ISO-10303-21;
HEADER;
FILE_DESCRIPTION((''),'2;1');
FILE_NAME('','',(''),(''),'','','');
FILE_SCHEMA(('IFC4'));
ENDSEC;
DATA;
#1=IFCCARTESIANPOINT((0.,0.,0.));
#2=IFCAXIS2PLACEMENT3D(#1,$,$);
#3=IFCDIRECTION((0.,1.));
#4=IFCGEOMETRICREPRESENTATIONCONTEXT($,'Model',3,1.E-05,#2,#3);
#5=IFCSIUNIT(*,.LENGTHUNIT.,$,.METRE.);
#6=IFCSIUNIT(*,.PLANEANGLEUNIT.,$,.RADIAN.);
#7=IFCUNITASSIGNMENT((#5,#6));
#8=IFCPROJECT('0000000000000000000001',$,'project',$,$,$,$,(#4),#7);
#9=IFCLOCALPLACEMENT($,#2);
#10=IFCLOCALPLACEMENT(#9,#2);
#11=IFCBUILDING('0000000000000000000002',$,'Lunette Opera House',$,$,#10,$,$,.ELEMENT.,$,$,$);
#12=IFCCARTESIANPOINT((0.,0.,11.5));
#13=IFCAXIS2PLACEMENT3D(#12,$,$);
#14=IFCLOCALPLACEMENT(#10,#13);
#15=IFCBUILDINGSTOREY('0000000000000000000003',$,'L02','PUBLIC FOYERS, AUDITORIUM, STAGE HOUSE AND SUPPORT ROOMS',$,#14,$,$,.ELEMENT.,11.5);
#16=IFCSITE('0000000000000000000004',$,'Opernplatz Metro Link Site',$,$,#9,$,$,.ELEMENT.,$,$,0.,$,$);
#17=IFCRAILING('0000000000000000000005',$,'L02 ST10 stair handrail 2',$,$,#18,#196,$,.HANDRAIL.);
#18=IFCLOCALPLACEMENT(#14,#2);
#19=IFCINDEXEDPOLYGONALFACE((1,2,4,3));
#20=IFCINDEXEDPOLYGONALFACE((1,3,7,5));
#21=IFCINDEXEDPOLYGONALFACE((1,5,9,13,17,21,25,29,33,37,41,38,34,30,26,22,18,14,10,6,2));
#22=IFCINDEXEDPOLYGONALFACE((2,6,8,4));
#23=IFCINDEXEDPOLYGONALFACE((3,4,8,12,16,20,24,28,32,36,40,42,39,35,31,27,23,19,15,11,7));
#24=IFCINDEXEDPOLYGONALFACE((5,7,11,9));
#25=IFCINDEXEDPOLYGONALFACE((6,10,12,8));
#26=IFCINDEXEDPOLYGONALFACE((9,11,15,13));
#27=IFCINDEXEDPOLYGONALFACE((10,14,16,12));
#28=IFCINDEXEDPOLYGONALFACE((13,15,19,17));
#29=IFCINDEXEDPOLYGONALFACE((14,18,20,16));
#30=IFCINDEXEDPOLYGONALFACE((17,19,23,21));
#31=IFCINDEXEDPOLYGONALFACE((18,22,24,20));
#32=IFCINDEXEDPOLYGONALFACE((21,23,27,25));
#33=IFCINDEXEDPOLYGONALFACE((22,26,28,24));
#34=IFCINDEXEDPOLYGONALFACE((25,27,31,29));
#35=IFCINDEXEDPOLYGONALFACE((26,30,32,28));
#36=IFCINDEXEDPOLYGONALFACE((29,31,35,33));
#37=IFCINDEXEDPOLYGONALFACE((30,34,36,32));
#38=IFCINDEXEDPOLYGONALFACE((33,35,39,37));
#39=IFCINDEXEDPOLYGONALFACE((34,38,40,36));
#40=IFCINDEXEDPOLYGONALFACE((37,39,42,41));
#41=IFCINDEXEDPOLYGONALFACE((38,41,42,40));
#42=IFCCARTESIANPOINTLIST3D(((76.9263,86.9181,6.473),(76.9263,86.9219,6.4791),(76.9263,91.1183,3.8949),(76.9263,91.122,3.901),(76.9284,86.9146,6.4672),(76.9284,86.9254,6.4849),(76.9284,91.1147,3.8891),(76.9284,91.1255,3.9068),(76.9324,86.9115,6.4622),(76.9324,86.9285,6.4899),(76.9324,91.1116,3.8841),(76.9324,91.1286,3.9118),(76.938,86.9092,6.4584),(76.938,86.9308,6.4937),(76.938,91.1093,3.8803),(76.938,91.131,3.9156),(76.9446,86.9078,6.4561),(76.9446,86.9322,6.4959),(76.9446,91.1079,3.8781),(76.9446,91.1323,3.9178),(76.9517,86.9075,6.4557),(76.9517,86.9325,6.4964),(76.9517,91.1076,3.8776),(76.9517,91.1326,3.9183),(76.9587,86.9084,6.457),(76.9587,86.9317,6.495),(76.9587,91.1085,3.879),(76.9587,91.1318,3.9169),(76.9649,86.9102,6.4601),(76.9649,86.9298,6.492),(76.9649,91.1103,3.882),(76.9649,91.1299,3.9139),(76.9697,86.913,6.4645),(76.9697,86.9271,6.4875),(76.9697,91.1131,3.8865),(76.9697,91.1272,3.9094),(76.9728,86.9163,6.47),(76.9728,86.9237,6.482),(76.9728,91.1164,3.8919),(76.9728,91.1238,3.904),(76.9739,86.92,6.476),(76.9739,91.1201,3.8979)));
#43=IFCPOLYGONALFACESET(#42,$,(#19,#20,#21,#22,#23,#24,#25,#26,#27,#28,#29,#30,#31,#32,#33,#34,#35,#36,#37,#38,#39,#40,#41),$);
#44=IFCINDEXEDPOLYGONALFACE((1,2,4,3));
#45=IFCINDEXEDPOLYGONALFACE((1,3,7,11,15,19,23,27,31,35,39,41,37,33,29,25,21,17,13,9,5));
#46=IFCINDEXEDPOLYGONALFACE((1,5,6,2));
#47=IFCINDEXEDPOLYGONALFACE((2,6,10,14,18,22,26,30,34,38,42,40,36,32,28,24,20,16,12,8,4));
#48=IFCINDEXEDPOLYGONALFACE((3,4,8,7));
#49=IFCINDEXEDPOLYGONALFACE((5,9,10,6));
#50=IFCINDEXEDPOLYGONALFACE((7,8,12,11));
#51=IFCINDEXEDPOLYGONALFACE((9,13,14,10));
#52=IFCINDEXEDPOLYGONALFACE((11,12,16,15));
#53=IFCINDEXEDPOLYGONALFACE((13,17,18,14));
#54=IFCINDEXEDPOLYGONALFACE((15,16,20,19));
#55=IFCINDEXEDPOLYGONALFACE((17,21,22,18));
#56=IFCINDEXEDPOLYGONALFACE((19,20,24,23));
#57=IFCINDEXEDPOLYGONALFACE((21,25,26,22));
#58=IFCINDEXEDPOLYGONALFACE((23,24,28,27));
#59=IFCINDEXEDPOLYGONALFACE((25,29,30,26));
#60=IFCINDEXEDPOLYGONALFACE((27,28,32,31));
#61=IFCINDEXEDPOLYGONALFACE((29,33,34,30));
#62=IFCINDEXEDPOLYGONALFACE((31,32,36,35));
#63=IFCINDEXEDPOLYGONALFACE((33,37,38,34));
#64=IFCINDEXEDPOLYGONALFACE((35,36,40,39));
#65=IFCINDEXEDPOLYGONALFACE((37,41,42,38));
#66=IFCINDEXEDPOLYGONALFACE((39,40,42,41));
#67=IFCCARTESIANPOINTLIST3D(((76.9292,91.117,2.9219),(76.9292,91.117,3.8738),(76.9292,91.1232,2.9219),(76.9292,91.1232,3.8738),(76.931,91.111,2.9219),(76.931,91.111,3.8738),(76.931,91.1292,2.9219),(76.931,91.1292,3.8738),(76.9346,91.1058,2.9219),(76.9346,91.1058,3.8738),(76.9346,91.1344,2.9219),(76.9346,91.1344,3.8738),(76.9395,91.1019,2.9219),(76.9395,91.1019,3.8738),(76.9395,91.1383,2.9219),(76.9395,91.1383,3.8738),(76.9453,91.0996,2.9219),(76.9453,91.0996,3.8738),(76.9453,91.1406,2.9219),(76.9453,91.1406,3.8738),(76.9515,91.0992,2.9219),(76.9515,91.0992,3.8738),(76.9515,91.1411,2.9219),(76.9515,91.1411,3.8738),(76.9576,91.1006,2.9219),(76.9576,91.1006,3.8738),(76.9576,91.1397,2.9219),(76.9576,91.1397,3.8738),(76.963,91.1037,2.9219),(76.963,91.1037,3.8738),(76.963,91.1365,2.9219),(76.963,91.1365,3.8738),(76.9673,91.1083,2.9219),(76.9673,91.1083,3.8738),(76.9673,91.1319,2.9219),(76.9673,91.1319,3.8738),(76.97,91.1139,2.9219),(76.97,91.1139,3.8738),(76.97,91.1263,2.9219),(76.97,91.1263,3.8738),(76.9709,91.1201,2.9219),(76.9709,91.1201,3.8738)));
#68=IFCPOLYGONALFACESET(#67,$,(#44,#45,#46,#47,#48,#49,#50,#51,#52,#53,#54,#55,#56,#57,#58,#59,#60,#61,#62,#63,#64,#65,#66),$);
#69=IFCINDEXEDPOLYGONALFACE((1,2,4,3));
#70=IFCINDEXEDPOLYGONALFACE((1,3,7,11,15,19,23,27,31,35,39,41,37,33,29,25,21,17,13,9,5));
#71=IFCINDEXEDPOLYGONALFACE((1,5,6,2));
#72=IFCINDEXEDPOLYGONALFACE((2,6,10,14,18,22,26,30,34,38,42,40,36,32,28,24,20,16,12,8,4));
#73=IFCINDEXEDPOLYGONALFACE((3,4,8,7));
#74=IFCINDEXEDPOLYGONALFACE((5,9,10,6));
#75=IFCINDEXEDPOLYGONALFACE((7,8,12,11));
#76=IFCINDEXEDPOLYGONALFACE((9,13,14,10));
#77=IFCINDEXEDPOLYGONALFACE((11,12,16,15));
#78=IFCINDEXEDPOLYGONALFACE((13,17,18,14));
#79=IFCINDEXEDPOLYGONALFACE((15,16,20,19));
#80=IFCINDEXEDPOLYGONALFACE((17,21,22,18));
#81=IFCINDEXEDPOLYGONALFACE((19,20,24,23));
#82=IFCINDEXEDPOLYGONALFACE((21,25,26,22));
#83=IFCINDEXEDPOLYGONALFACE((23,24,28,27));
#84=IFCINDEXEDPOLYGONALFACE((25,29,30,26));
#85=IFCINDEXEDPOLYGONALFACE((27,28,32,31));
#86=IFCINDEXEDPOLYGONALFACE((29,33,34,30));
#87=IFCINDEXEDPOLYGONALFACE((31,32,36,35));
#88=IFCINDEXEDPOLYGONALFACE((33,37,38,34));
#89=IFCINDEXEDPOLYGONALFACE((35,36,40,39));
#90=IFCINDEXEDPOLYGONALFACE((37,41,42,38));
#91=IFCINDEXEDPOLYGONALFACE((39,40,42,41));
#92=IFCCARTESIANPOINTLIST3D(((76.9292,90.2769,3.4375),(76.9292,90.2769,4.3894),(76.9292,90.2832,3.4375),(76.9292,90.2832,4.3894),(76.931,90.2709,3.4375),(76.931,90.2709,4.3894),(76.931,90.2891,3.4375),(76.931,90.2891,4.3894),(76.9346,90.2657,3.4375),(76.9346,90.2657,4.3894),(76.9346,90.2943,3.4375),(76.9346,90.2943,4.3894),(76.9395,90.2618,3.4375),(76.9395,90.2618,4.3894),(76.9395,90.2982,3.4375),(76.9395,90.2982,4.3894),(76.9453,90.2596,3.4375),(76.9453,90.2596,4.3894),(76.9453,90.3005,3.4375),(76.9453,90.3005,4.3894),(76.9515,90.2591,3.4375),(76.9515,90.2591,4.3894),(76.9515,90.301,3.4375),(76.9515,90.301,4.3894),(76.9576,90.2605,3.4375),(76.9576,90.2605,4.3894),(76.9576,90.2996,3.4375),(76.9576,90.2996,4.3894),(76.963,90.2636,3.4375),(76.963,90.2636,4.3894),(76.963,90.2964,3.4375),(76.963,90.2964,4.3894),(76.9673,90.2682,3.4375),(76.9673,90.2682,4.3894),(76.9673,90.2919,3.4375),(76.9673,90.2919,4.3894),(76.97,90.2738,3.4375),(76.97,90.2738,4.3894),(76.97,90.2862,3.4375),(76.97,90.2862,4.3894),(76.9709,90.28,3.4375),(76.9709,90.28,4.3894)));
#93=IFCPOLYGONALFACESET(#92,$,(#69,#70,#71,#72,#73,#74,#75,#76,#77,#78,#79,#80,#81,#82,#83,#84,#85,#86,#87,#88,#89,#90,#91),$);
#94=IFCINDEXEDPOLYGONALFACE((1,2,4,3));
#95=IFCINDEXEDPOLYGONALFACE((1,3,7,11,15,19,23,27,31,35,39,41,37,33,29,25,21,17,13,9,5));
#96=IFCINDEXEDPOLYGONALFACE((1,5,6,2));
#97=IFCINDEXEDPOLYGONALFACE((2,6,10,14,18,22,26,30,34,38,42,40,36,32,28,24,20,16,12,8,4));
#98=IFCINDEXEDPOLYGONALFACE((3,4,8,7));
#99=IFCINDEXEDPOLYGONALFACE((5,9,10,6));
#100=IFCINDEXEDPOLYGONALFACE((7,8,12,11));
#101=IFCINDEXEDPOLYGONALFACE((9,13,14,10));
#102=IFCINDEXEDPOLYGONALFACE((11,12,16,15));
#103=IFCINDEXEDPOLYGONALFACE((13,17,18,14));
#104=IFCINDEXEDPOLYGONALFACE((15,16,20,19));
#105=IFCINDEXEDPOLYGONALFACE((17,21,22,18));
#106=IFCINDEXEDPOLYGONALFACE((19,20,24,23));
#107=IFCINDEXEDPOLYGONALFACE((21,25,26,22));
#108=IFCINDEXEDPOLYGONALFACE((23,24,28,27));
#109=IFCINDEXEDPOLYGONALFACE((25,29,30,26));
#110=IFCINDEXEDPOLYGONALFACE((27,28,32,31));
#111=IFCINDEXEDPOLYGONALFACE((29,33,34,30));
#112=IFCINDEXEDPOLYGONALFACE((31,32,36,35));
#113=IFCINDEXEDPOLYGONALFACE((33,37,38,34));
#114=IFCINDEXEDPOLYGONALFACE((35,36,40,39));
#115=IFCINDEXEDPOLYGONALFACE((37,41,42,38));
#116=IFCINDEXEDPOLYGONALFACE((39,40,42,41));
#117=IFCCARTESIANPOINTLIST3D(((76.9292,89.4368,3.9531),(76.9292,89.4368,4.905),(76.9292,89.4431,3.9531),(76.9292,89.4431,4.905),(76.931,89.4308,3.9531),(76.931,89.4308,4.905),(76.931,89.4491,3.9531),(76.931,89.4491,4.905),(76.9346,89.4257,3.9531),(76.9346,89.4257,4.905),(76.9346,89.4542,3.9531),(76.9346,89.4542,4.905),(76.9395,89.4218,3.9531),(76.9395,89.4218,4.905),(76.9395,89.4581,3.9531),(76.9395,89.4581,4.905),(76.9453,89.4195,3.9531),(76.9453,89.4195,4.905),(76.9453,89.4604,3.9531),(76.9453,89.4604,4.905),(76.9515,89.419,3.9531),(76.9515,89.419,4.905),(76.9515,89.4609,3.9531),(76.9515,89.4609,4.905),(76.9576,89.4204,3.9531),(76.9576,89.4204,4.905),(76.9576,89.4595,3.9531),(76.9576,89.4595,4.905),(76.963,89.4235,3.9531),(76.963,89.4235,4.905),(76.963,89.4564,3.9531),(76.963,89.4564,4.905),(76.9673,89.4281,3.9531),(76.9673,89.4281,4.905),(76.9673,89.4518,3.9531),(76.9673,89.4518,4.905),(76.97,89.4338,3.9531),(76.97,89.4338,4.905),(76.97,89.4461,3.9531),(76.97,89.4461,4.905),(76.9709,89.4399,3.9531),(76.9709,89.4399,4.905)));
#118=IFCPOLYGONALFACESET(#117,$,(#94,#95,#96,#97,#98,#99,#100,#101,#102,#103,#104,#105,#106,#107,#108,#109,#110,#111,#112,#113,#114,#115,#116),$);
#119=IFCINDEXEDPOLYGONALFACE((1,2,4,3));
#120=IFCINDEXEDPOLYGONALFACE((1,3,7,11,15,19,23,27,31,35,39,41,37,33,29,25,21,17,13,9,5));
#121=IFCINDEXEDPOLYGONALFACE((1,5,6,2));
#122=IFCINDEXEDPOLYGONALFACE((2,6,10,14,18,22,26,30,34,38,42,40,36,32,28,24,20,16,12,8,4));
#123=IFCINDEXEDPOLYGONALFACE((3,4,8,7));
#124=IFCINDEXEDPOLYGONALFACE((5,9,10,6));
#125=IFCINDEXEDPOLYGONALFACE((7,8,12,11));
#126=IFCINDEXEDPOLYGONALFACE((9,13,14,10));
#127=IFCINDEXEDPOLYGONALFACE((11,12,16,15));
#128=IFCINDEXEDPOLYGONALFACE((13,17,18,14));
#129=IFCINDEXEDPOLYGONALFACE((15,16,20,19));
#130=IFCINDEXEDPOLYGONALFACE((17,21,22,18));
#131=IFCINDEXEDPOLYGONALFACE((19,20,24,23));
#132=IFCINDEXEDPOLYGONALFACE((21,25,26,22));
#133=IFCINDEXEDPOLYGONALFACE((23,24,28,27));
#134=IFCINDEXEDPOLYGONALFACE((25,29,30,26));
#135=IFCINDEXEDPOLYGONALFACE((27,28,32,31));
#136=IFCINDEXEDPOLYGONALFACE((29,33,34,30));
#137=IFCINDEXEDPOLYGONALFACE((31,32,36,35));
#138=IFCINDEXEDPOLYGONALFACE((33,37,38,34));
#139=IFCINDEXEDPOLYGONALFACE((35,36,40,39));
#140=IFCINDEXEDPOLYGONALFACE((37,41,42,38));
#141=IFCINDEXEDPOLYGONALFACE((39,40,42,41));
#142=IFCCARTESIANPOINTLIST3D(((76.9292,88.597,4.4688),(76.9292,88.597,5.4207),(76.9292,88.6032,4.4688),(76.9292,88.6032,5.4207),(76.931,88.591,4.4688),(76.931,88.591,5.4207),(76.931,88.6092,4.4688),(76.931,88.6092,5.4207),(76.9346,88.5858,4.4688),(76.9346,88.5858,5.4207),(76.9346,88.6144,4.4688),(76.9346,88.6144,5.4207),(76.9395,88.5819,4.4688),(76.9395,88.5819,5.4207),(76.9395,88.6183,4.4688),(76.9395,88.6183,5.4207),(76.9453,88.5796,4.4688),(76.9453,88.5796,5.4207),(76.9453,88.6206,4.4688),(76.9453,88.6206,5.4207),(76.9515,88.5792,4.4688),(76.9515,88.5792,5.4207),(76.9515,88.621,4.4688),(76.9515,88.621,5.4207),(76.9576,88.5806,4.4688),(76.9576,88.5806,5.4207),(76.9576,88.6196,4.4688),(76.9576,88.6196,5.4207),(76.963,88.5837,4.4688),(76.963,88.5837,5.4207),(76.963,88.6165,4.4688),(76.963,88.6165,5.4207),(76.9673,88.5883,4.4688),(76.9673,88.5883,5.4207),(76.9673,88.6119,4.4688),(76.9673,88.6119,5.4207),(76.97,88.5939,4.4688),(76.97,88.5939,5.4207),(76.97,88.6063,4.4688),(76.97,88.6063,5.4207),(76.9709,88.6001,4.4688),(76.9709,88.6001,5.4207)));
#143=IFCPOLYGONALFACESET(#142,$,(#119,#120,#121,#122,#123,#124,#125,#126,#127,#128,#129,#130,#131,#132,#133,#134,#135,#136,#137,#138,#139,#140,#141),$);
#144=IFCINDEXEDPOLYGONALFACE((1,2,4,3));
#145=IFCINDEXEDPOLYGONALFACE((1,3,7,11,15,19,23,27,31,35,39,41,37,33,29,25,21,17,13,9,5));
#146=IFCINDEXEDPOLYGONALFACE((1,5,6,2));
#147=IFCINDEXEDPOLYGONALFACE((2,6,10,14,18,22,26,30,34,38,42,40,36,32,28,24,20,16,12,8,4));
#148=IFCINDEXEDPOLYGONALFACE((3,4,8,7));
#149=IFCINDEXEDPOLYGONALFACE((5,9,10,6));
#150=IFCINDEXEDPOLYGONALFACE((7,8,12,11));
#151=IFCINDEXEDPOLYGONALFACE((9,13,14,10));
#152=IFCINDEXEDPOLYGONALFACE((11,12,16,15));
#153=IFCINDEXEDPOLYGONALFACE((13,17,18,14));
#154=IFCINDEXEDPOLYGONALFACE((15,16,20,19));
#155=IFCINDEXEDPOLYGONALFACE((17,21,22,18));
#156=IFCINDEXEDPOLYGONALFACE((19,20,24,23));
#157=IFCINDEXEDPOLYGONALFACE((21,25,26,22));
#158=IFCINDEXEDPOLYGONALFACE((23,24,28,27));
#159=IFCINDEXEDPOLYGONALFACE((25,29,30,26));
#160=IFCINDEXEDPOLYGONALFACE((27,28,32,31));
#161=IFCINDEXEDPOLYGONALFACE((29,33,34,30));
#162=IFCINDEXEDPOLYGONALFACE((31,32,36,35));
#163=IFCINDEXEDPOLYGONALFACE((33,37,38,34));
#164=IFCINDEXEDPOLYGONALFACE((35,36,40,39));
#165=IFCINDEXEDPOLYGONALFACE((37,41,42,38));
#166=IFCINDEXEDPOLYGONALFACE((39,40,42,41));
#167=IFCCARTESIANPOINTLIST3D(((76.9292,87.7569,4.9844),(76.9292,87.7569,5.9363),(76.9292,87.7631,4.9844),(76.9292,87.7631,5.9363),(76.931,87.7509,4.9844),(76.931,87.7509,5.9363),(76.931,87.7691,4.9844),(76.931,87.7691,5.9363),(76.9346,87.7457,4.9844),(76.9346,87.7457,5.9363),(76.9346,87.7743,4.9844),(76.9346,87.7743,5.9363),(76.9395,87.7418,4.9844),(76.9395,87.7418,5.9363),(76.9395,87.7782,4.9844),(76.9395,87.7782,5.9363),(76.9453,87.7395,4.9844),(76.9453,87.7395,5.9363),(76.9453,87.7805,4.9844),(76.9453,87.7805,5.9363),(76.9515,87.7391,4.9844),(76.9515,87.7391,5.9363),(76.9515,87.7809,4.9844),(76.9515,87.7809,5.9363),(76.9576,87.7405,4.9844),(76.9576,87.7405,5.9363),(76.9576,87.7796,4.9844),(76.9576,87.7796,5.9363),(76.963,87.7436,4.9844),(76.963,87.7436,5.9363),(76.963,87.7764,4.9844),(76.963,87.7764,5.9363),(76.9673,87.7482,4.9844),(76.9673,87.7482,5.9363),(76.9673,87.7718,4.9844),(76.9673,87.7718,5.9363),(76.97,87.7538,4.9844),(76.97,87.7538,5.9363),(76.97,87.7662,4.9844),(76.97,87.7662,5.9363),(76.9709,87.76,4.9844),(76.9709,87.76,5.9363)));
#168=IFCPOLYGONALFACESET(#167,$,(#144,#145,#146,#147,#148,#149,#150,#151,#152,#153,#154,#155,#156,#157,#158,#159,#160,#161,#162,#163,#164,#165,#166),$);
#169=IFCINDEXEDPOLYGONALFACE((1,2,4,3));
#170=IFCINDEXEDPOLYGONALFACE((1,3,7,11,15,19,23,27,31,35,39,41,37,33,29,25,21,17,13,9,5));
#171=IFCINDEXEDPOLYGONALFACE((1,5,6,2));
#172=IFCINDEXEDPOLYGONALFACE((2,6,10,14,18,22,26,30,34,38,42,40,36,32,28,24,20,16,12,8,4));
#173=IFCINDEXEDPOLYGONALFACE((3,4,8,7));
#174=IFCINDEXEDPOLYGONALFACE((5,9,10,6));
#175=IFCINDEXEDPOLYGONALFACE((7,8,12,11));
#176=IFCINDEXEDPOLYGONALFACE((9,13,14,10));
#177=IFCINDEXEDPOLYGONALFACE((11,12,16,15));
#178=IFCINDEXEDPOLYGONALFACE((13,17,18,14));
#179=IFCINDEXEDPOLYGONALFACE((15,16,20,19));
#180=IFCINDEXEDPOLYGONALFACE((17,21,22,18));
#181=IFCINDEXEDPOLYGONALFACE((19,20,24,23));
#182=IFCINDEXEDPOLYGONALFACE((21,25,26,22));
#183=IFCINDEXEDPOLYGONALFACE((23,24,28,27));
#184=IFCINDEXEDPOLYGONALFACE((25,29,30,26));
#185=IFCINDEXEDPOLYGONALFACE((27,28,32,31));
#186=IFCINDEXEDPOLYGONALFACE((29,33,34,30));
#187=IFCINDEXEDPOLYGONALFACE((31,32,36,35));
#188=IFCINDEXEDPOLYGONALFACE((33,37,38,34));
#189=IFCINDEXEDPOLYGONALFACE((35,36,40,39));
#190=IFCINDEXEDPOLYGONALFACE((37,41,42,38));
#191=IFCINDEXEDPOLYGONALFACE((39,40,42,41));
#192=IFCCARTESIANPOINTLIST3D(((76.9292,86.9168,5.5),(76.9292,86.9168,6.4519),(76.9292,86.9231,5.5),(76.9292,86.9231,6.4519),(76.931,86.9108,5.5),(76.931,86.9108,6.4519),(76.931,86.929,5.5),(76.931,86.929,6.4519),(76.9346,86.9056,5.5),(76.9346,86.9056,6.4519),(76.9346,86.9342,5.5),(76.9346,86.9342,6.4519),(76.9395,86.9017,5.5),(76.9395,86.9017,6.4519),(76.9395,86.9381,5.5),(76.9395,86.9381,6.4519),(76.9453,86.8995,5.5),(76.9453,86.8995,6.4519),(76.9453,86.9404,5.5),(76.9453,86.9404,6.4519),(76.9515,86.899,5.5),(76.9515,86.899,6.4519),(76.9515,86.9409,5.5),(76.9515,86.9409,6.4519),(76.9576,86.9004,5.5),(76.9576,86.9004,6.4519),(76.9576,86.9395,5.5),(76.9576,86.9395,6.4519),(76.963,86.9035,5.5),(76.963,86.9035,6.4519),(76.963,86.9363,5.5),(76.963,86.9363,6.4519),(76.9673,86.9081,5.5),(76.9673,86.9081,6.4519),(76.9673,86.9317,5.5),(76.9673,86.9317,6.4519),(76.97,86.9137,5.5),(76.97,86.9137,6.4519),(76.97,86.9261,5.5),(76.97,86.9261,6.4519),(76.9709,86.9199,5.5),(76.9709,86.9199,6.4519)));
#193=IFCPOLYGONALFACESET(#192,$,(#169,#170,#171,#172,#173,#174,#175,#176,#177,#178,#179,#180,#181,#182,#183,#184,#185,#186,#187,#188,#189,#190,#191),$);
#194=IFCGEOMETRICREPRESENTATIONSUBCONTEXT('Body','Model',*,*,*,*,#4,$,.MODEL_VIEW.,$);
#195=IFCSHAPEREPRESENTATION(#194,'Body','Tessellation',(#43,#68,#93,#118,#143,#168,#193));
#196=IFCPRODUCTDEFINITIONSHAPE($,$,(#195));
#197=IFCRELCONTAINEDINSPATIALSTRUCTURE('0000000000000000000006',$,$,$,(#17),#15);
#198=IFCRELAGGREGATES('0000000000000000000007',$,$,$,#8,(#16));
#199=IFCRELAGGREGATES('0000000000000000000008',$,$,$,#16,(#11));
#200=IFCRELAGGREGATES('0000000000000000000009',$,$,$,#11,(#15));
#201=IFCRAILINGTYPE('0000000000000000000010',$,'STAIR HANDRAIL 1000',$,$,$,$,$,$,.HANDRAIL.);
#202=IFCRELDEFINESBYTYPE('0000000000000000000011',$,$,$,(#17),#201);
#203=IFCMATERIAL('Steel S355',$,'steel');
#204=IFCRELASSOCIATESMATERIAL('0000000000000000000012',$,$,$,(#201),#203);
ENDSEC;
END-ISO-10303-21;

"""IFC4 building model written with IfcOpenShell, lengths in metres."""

from ifc_helpers import new_model, si_unit, direction, frame, origin, origin_2d, place, context, subcontext, project, spatial, circle, extrude, material, type_object, element, save


model = new_model("IFC4")

# Units and contexts
model_context = context("Model", 3, precision=1e-05, world=origin(), true_north=direction((0.0, 1.0)))
body_context = subcontext(model_context, "Body", "Model", "MODEL_VIEW")
ifc_project = project(units=[si_unit("LENGTHUNIT", "METRE"), si_unit("PLANEANGLEUNIT", "RADIAN")], contexts=[model_context])

# Site, building, storey
site_placement = place(None, origin())
site = spatial("IfcSite", under=ifc_project, at=site_placement, Name="Opernplatz Metro Link Site", CompositionType="ELEMENT", RefElevation=0.0)
building_placement = place(site_placement, origin())
building = spatial("IfcBuilding", under=site, at=building_placement, Name="Lunette Opera House", CompositionType="ELEMENT")
storey_placement = place(building_placement, frame((0.0, 0.0, 11.5)))
storey = spatial("IfcBuildingStorey", under=building, at=storey_placement, Name="L02", Description="PUBLIC FOYERS, AUDITORIUM, STAGE HOUSE AND SUPPORT ROOMS", CompositionType="ELEMENT", Elevation=11.5)

# Railing
ifc_material_1 = material(Name="Steel S355", Category="steel")
railing_type_1 = type_object("IfcRailingType", Name="STAIR HANDRAIL 1000", PredefinedType="HANDRAIL", material=ifc_material_1)
railing_1_placement = place(storey_placement, frame((76.95, 91.1201, 2.9219)))
element("IfcRailing", 1, at=railing_1_placement, inside=storey, type_object=railing_type_1, Name="L02 ST10 stair handrail 2", PredefinedType="HANDRAIL", context=body_context, shape_type="SweptSolid", body=[
    extrude(circle(Radius=0.0239, at=origin_2d()), frame((0.0, 0.0, 0.9761), z_axis=(0.0, -0.852256, 0.523124), x_axis=(1.0, 0.0, 0.0)), (0.0, 0.0, 1.0), 4.9282),
    extrude(circle(Radius=0.021, at=origin_2d()), origin(), (0.0, 0.0, 1.0), 0.9519),
    extrude(circle(Radius=0.021, at=origin_2d()), frame((0.0, -0.8401, 0.5156)), (0.0, 0.0, 1.0), 0.9519),
    extrude(circle(Radius=0.021, at=origin_2d()), frame((0.0, -1.6802, 1.0312)), (0.0, 0.0, 1.0), 0.9519),
    extrude(circle(Radius=0.021, at=origin_2d()), frame((0.0, -2.52, 1.5469)), (0.0, 0.0, 1.0), 0.9519),
    extrude(circle(Radius=0.021, at=origin_2d()), frame((0.0, -3.3601, 2.0625)), (0.0, 0.0, 1.0), 0.9519),
    extrude(circle(Radius=0.021, at=origin_2d()), frame((0.0, -4.2002, 2.5781)), (0.0, 0.0, 1.0), 0.9519),
])

save(model, "model.ifc")
